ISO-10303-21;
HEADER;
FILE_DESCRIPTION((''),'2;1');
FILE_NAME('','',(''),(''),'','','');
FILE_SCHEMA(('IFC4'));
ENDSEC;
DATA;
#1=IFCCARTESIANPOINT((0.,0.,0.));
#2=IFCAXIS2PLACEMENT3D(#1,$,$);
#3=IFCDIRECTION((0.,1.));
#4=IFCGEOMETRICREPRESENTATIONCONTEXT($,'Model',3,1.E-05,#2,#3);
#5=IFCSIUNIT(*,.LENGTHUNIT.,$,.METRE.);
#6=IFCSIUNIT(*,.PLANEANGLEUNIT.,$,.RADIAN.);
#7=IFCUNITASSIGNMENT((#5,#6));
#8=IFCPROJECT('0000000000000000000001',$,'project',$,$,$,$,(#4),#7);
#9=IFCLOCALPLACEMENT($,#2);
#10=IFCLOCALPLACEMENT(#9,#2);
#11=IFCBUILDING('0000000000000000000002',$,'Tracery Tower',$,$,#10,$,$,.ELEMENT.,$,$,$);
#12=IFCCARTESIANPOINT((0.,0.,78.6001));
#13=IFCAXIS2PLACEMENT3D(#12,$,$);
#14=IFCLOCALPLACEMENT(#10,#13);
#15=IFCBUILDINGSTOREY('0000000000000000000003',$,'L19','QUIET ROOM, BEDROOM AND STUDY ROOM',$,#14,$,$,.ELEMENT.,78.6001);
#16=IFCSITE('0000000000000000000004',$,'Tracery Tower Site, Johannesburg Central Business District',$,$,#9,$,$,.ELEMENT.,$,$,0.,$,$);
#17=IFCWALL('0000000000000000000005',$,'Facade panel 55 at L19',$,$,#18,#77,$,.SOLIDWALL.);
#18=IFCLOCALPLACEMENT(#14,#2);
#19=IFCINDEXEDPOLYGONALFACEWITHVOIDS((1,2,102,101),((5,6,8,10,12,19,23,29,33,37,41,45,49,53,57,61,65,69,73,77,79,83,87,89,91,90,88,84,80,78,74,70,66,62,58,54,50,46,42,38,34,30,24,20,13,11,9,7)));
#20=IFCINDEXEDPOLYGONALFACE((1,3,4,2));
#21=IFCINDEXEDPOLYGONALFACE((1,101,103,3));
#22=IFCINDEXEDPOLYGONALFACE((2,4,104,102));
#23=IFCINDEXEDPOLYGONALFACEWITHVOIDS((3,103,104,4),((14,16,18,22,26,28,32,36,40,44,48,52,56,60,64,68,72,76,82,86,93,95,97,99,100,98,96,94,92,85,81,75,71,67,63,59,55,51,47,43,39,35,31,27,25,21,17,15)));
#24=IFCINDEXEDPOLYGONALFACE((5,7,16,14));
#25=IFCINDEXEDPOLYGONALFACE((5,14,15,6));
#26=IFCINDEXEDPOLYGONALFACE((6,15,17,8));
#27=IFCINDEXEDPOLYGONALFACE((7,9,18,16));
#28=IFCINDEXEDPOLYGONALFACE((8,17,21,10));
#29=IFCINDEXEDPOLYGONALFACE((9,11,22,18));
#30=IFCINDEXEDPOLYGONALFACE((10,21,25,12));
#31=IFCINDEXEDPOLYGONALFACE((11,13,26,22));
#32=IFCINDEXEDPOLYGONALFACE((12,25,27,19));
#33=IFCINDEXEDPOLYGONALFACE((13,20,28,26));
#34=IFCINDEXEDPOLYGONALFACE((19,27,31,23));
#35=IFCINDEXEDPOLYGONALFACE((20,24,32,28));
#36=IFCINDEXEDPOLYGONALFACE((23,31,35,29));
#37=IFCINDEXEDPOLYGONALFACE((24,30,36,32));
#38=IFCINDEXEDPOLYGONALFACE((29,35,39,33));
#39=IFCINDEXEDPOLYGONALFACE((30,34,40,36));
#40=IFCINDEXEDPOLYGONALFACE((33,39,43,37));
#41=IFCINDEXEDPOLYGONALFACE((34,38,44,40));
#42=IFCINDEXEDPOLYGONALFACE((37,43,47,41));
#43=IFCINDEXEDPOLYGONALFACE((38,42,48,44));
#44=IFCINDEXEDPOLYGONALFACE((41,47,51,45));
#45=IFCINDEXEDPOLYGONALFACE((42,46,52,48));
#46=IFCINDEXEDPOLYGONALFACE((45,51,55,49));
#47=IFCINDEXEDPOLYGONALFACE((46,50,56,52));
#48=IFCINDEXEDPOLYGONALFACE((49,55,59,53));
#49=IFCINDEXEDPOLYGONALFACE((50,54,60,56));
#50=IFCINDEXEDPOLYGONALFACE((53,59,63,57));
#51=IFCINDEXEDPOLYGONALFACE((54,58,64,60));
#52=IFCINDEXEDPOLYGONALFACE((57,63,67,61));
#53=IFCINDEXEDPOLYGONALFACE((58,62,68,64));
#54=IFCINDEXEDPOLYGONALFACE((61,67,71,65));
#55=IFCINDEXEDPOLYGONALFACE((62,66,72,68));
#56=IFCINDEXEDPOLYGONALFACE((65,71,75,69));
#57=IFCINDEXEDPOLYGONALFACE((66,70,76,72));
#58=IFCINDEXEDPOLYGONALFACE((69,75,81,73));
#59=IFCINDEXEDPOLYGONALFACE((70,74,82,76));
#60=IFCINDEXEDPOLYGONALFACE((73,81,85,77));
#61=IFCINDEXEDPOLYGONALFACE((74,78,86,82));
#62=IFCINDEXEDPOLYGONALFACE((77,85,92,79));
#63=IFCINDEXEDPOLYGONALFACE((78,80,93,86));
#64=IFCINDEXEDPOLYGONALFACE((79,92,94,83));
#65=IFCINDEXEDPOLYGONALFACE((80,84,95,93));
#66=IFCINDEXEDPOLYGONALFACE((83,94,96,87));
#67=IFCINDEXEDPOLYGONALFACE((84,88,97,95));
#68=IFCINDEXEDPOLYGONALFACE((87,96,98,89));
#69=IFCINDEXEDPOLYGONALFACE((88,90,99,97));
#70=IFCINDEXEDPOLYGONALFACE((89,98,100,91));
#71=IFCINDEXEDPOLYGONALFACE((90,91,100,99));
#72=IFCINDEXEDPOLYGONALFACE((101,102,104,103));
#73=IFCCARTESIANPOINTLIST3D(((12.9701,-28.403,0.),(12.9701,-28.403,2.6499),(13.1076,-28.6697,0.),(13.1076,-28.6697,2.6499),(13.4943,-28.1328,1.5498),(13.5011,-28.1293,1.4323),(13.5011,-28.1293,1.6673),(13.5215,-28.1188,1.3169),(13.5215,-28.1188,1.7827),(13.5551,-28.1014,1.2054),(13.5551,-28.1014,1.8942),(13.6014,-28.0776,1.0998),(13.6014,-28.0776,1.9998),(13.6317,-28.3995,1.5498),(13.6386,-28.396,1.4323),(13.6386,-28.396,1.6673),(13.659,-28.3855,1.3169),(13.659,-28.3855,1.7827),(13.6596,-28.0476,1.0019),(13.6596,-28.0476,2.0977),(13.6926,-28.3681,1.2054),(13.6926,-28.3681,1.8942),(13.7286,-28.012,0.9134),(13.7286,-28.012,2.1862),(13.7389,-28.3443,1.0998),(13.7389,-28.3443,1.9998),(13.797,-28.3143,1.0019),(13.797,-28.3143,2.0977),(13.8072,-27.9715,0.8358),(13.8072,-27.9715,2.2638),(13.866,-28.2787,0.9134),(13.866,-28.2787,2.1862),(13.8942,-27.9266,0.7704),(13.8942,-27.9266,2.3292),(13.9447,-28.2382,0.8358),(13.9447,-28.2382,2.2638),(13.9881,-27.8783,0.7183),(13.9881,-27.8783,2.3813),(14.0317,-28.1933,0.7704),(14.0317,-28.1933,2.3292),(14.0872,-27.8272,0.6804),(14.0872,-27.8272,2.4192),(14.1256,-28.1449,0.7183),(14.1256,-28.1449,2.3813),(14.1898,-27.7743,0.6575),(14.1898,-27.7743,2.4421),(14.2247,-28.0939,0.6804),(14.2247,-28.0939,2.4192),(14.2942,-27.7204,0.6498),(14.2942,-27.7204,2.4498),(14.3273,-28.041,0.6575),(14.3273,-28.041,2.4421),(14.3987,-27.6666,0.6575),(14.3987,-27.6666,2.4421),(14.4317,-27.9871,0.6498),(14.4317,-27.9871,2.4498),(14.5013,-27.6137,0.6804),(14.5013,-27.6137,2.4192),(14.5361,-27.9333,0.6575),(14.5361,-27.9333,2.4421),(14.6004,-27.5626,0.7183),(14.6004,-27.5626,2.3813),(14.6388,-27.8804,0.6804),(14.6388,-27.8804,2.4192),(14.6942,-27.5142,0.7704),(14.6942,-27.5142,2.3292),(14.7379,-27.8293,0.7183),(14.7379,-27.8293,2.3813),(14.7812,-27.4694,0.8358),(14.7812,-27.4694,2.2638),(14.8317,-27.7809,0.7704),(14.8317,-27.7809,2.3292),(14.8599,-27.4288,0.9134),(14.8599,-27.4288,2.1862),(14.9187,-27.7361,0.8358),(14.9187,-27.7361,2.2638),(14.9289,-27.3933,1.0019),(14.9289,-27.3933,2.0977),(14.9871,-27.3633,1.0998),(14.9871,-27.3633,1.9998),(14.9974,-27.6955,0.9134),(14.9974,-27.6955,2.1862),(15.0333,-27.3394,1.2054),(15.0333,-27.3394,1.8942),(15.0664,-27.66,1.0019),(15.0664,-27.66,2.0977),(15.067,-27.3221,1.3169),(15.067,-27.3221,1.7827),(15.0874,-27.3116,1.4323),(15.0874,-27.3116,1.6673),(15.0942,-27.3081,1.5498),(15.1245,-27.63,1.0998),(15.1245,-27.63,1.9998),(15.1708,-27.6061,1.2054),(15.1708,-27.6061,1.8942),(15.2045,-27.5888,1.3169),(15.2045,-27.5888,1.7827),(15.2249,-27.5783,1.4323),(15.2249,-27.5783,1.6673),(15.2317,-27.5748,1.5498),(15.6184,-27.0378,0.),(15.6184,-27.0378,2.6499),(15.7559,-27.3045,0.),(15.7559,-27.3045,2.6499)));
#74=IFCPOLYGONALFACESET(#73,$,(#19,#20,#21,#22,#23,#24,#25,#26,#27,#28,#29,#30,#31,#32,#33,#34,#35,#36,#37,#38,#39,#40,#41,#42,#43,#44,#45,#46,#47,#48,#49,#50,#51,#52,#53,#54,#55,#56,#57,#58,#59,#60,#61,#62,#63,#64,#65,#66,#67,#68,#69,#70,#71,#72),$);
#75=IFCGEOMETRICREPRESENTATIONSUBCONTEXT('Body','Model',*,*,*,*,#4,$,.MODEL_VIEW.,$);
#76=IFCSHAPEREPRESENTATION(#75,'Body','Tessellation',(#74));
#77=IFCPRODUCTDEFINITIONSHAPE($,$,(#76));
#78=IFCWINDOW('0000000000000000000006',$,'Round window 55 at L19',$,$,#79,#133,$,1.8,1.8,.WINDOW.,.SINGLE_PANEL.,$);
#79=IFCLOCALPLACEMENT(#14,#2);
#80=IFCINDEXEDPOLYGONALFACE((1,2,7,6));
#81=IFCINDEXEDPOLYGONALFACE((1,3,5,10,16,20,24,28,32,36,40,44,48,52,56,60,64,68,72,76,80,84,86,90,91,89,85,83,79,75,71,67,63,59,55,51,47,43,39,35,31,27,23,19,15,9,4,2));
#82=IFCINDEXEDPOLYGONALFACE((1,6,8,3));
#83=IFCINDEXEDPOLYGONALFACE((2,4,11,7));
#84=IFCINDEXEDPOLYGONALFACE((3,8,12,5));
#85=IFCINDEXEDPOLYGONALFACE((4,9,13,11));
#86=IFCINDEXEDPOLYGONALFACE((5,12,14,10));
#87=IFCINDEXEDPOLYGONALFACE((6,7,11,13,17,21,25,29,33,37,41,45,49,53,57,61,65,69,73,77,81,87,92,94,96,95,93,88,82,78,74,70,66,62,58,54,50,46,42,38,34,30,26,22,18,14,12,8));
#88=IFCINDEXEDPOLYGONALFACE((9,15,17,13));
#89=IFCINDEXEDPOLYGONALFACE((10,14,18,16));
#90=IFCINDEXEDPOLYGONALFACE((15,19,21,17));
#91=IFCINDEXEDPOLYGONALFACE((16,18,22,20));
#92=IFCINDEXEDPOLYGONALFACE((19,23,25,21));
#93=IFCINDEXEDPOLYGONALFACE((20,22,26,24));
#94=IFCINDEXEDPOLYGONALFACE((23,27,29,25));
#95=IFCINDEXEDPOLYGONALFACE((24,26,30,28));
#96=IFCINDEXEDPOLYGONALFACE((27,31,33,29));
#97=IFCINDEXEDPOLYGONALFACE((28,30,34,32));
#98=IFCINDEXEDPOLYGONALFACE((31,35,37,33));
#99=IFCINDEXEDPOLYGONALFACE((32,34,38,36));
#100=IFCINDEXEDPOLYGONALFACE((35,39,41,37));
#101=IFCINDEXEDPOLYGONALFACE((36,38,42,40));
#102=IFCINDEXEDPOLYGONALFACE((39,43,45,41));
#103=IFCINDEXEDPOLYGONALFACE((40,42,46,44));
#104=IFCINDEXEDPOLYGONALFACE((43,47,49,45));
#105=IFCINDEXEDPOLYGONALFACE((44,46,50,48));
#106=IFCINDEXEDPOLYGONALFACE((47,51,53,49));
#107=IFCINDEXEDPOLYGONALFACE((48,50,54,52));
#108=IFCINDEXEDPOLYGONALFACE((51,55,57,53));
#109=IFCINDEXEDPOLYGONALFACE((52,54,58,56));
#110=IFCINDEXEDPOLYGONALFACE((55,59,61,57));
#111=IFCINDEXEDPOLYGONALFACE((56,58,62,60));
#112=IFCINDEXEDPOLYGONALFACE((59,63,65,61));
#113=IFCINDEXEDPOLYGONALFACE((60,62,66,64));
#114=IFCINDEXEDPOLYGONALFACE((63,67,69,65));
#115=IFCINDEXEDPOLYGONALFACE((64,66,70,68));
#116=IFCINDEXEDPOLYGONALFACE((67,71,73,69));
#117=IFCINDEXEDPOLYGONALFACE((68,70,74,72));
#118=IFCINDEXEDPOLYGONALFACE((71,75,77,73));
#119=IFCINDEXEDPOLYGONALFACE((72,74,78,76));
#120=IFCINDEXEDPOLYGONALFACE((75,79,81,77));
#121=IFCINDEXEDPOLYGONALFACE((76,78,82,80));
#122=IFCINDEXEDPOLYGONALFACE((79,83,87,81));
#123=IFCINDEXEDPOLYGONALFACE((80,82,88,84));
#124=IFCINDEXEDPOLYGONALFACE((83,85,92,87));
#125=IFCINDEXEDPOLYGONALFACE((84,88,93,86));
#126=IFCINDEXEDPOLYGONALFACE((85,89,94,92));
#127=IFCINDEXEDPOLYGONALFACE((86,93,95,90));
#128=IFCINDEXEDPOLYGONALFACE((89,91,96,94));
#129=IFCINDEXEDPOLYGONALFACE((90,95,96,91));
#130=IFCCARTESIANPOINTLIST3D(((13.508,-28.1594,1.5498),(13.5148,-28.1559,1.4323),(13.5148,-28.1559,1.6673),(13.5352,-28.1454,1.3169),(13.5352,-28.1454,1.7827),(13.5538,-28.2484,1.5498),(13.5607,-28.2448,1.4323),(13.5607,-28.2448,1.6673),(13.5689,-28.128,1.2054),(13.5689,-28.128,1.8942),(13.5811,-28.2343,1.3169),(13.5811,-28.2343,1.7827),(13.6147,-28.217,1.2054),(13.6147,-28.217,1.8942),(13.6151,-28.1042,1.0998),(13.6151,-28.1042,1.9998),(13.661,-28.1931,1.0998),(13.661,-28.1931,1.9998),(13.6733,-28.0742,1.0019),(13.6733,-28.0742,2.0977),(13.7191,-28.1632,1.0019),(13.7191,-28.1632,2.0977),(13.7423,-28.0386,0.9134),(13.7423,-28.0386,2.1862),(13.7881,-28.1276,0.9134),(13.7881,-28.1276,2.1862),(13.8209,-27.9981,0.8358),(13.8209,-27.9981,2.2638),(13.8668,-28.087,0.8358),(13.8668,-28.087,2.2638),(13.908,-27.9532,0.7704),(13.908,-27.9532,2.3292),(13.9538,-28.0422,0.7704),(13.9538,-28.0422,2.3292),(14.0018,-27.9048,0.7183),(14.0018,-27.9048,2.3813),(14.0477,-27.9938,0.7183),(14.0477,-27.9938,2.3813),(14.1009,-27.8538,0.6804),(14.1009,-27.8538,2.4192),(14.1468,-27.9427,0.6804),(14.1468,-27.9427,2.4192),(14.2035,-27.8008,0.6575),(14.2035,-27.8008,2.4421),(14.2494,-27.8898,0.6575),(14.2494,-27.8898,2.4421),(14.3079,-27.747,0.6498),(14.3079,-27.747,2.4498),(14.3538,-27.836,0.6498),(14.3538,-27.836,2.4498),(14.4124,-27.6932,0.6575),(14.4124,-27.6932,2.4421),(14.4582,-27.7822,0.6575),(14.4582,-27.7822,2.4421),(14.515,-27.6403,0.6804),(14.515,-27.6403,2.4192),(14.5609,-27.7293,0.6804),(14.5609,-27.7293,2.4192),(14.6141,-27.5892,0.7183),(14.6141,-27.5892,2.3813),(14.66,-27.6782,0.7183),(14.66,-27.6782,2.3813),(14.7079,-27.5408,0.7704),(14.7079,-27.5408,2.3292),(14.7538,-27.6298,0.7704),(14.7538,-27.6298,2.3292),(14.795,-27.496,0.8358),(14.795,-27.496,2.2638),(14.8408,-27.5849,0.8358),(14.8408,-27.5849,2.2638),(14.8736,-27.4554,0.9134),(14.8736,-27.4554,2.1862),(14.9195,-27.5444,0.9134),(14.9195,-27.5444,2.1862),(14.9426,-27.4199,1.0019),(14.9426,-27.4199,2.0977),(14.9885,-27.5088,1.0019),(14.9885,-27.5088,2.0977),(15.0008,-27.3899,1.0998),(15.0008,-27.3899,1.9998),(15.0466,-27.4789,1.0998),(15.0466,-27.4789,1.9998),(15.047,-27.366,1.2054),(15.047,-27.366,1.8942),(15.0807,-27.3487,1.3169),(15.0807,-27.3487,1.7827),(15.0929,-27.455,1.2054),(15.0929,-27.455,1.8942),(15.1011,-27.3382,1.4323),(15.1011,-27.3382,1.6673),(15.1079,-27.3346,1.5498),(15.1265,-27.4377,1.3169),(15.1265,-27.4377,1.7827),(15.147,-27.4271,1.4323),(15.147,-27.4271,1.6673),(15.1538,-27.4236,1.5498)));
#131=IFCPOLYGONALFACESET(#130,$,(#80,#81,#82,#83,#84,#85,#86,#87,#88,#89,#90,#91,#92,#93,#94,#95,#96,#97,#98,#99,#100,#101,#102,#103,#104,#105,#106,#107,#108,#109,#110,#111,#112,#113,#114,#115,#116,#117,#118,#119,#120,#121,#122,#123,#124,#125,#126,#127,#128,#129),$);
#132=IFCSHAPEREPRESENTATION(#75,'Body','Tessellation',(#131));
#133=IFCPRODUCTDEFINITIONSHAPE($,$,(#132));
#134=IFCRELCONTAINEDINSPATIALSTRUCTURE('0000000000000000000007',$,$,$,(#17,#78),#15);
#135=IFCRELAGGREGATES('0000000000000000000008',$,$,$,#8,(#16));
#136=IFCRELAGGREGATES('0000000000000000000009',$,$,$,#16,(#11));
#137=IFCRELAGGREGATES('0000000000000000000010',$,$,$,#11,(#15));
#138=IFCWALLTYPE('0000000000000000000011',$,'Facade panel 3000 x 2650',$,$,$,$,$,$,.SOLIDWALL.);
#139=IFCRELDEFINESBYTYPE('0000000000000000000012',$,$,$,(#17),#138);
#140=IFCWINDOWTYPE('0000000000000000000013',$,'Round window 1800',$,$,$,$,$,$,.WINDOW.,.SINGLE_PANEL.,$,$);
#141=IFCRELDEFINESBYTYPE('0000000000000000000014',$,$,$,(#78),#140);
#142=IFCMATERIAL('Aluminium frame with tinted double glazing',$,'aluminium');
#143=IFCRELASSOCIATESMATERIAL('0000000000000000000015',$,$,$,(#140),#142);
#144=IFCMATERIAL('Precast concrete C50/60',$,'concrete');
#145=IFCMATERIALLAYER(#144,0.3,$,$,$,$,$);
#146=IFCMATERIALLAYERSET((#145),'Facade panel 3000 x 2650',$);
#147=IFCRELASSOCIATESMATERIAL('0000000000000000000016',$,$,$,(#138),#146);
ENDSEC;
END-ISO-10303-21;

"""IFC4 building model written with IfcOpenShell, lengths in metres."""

from ifc_helpers import new_model, si_unit, direction, frame, frame_2d, origin, origin_2d, place, context, subcontext, project, spatial, rectangle, circle, extrude, material, layer, layer_set, type_object, element, fill, save


model = new_model("IFC4")

# Units and contexts
model_context = context("Model", 3, precision=1e-05, world=origin(), true_north=direction((0.0, 1.0)))
body_context = subcontext(model_context, "Body", "Model", "MODEL_VIEW")
ifc_project = project(units=[si_unit("LENGTHUNIT", "METRE"), si_unit("PLANEANGLEUNIT", "RADIAN")], contexts=[model_context])

# Site, building, storey
site_placement = place(None, origin())
site = spatial("IfcSite", under=ifc_project, at=site_placement, Name="Tracery Tower Site, Johannesburg Central Business District", CompositionType="ELEMENT", RefElevation=0.0)
building_placement = place(site_placement, origin())
building = spatial("IfcBuilding", under=site, at=building_placement, Name="Tracery Tower", CompositionType="ELEMENT")
storey_placement = place(building_placement, frame((0.0, 0.0, 78.6001)))
storey = spatial("IfcBuildingStorey", under=building, at=storey_placement, Name="L19", Description="QUIET ROOM, BEDROOM AND STUDY ROOM", CompositionType="ELEMENT", Elevation=78.6001)

# Wall, opening, window
ifc_material_1 = material(Name="Aluminium frame with tinted double glazing", Category="aluminium")
window_type = type_object("IfcWindowType", Name="Round window 1800", PartitioningType="SINGLE_PANEL", PredefinedType="WINDOW", material=ifc_material_1)
ifc_material_2 = material(Name="Precast concrete C50/60", Category="concrete")
ifc_layer_1 = layer(ifc_material_2, 0.3)
ifc_layer_set_1 = layer_set([ifc_layer_1], Name="Facade panel 3000 x 2650")
wall_type_1 = type_object("IfcWallType", Name="Facade panel 3000 x 2650", PredefinedType="SOLIDWALL", material=ifc_layer_set_1)
wall_1_placement = place(storey_placement, frame((13.0388, -28.5364, 0.0), z_axis=(0.0, 0.0, 1.0), x_axis=(0.888853, 0.458192, 0.0)))
wall_1 = element("IfcWall", 1, at=wall_1_placement, inside=storey, type_object=wall_type_1, Name="Facade panel 55 at L19", PredefinedType="SOLIDWALL", context=body_context, shape_type="SweptSolid", body=[
    extrude(rectangle(XDim=2.9795, YDim=0.3, at=frame_2d((1.4897, 0.0))), origin(), (0.0, 0.0, 1.0), 2.6499),
])
opening_1_placement = place(wall_1_placement, frame((1.4897, 0.0, 1.5498)))
opening_1 = element("IfcOpeningElement", 2, at=opening_1_placement, cuts=wall_1, PredefinedType="OPENING", context=body_context, shape_type="SweptSolid", body=[
    extrude(circle(Radius=0.9, at=origin_2d()), frame((0.0, 0.1599, 0.0), z_axis=(0.0, -1.0, 0.0), x_axis=(1.0, 0.0, 0.0)), (0.0, 0.0, 1.0), 0.3201),
])
window_1_placement = place(opening_1_placement, origin())
window_1 = element("IfcWindow", 3, at=window_1_placement, inside=storey, type_object=window_type, Name="Round window 55 at L19", OverallHeight=1.8, OverallWidth=1.8, PartitioningType="SINGLE_PANEL", PredefinedType="WINDOW", context=body_context, shape_type="SweptSolid", body=[
    extrude(circle(Radius=0.9, at=origin_2d()), frame((0.0, 0.1201, 0.0), z_axis=(0.0, -1.0, 0.0), x_axis=(1.0, 0.0, 0.0)), (0.0, 0.0, 1.0), 0.1001),
])
fill(opening_1, window_1)

save(model, "model.ifc")
